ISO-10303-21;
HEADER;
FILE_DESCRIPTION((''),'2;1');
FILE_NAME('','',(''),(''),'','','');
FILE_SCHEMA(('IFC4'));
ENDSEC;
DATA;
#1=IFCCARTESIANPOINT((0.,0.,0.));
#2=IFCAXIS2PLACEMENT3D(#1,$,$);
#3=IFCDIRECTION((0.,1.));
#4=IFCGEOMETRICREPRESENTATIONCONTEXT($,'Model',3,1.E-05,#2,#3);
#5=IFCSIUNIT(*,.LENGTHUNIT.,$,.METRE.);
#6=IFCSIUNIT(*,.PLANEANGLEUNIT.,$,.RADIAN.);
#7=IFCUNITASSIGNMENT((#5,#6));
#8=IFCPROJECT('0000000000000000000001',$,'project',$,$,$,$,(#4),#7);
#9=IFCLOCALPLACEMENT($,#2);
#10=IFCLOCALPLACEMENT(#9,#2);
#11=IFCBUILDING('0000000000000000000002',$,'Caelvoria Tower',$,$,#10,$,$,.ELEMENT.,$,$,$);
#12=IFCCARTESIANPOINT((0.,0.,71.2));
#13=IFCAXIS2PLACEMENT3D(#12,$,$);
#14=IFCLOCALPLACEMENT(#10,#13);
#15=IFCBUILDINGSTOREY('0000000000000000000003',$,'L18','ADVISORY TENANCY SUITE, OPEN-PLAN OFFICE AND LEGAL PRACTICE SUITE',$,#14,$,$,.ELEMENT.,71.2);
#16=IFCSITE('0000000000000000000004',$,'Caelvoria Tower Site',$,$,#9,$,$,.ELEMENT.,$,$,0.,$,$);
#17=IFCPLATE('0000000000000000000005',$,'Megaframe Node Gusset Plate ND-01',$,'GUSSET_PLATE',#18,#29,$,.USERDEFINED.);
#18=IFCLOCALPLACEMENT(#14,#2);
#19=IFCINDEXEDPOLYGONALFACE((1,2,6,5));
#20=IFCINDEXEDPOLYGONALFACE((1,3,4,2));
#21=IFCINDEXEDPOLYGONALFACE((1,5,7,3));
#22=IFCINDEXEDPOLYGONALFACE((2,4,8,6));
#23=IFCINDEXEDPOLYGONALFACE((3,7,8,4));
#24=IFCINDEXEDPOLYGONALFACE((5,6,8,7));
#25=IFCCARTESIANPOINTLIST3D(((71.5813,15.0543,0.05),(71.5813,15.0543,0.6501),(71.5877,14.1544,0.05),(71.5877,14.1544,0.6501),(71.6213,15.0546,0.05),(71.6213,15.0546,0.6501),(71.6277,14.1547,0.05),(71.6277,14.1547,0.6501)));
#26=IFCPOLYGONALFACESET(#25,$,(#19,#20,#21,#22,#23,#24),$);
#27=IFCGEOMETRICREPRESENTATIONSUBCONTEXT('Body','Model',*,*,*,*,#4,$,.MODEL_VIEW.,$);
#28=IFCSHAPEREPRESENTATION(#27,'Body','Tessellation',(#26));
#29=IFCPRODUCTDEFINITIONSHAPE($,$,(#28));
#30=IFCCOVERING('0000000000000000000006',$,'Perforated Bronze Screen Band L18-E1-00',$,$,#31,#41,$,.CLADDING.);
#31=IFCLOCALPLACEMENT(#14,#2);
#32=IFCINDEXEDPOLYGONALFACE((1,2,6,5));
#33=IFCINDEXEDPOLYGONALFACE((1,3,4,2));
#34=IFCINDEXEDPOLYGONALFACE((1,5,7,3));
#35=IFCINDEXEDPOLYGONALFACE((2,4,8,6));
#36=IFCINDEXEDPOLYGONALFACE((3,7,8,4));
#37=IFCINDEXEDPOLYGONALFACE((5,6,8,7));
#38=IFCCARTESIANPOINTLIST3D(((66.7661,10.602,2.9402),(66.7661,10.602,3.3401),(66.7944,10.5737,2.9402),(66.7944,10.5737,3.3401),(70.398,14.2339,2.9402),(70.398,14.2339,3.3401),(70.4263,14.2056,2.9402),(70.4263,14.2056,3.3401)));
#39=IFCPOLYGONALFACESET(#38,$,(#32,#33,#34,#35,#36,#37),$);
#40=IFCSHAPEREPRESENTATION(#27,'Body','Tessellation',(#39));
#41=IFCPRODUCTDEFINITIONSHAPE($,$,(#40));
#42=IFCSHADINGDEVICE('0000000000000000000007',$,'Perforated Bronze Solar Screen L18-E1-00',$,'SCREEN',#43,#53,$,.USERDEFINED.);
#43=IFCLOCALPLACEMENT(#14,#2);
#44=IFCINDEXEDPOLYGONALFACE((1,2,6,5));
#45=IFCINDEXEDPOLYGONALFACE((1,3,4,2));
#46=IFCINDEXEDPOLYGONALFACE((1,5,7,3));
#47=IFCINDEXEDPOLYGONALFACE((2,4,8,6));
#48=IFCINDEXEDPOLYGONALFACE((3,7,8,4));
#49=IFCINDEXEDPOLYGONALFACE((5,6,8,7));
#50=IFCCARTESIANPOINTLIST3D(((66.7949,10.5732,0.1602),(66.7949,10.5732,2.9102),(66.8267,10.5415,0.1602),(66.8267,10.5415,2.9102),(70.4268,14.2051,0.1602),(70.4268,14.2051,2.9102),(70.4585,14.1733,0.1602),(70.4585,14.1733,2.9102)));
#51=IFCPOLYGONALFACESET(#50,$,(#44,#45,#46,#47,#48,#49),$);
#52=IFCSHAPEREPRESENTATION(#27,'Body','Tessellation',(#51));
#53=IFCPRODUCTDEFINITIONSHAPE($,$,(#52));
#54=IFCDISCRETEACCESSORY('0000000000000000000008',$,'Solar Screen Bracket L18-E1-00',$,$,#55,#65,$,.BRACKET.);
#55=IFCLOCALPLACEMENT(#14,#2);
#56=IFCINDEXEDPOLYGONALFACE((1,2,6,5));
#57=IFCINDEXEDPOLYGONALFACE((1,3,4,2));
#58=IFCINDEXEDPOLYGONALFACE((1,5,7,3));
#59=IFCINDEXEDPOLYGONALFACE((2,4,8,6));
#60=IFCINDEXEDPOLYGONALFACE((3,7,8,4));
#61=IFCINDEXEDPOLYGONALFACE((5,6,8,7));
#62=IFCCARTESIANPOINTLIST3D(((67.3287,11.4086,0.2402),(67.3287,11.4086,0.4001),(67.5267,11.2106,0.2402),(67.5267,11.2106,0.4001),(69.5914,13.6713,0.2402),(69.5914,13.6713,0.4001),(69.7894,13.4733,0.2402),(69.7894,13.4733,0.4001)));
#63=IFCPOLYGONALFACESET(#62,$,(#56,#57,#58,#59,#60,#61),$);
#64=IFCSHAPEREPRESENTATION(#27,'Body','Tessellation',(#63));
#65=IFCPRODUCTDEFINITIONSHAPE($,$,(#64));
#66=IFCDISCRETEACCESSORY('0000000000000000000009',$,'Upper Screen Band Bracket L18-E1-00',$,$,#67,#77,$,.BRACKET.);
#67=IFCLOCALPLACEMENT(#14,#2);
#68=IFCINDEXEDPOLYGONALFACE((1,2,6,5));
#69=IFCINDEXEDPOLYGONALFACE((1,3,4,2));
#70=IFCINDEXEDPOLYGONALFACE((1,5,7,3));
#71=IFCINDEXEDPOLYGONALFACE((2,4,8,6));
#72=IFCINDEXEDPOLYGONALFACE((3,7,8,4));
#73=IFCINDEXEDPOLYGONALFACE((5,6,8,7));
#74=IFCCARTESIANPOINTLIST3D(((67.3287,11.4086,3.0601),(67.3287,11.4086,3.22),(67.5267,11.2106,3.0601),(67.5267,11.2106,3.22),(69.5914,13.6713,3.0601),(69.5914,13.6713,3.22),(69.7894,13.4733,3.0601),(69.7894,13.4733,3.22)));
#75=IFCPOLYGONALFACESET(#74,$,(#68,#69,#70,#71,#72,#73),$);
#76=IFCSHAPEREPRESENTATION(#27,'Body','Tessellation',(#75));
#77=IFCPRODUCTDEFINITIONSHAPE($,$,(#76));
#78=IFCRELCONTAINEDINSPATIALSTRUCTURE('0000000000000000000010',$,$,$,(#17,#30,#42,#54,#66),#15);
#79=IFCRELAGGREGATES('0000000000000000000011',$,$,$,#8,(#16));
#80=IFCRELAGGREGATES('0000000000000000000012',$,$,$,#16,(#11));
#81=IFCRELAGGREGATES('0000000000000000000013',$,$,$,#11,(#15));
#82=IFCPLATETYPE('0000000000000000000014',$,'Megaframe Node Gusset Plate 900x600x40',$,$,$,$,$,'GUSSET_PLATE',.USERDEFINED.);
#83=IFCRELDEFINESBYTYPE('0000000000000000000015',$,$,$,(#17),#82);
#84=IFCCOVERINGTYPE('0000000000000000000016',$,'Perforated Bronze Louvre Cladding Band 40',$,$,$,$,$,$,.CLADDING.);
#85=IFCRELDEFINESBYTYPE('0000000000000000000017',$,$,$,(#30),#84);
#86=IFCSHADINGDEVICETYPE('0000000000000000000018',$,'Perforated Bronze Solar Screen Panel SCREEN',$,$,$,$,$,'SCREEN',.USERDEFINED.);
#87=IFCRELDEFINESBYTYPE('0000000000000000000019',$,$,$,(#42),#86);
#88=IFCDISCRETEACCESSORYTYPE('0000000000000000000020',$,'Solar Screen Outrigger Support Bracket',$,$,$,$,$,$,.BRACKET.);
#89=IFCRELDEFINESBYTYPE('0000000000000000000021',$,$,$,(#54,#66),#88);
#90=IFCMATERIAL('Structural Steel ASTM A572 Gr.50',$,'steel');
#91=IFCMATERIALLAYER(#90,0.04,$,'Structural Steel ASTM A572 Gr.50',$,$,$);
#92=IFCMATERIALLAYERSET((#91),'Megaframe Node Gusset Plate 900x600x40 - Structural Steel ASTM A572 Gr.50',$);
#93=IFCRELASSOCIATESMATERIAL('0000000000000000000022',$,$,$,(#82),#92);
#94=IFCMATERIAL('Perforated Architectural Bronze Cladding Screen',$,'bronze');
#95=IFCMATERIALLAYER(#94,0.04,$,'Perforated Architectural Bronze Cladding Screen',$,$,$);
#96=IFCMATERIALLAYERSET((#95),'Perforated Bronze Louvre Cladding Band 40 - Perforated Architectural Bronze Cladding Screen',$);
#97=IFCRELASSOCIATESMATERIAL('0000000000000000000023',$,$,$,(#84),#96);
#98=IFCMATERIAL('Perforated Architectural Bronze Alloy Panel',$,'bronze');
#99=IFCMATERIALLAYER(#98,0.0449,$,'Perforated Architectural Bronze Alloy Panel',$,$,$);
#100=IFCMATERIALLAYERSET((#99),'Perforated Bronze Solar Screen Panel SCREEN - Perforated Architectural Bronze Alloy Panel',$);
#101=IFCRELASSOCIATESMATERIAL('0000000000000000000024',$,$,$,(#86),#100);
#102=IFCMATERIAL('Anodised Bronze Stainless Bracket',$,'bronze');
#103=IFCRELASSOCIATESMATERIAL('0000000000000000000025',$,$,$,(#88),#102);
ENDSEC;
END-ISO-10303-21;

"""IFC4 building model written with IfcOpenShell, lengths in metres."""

from ifc_helpers import new_model, si_unit, direction, frame, origin, origin_2d, place, context, subcontext, project, spatial, rectangle, extrude, material, layer, layer_set, type_object, element, save


model = new_model("IFC4")

# Units and contexts
model_context = context("Model", 3, precision=1e-05, world=origin(), true_north=direction((0.0, 1.0)))
body_context = subcontext(model_context, "Body", "Model", "MODEL_VIEW")
ifc_project = project(units=[si_unit("LENGTHUNIT", "METRE"), si_unit("PLANEANGLEUNIT", "RADIAN")], contexts=[model_context])

# Site, building, storey
site_placement = place(None, origin())
site = spatial("IfcSite", under=ifc_project, at=site_placement, Name="Caelvoria Tower Site", CompositionType="ELEMENT", RefElevation=0.0)
building_placement = place(site_placement, origin())
building = spatial("IfcBuilding", under=site, at=building_placement, Name="Caelvoria Tower", CompositionType="ELEMENT")
storey_placement = place(building_placement, frame((0.0, 0.0, 71.2)))
storey = spatial("IfcBuildingStorey", under=building, at=storey_placement, Name="L18", Description="ADVISORY TENANCY SUITE, OPEN-PLAN OFFICE AND LEGAL PRACTICE SUITE", CompositionType="ELEMENT", Elevation=71.2)

# Shared definitions
ifc_material_1 = material(Name="Structural Steel ASTM A572 Gr.50", Category="steel")

# Plate
ifc_layer_1 = layer(ifc_material_1, 0.04, Name="Structural Steel ASTM A572 Gr.50")
ifc_layer_set_1 = layer_set([ifc_layer_1], Name="Megaframe Node Gusset Plate 900x600x40 - Structural Steel ASTM A572 Gr.50")
plate_type_1 = type_object("IfcPlateType", Name="Megaframe Node Gusset Plate 900x600x40", ElementType="GUSSET_PLATE", PredefinedType="USERDEFINED", material=ifc_layer_set_1)
for number, where, z_axis, x_axis, name in (
    (1, (71.6045, 14.6045, 0.05), (0.0, 0.0, 1.0), (-0.007151, 0.999974, 0.0), "Megaframe Node Gusset Plate ND-01"),
):
    element("IfcPlate", number, at=place(storey_placement, frame(where, z_axis=z_axis, x_axis=x_axis)), inside=storey, type_object=plate_type_1, Name=name, ObjectType="GUSSET_PLATE", PredefinedType="USERDEFINED", context=body_context, shape_type="SweptSolid", body=[
        extrude(rectangle(XDim=0.8999, YDim=0.04, at=origin_2d()), origin(), (0.0, 0.0, 1.0), 0.6001),
    ])

# Covering
ifc_material_2 = material(Name="Perforated Architectural Bronze Cladding Screen", Category="bronze")
ifc_layer_2 = layer(ifc_material_2, 0.04, Name="Perforated Architectural Bronze Cladding Screen")
ifc_layer_set_2 = layer_set([ifc_layer_2], Name="Perforated Bronze Louvre Cladding Band 40 - Perforated Architectural Bronze Cladding Screen")
covering_type = type_object("IfcCoveringType", Name="Perforated Bronze Louvre Cladding Band 40", PredefinedType="CLADDING", material=ifc_layer_set_2)
covering_placement = place(storey_placement, frame((68.5962, 12.4038, 2.9402), z_axis=(0.0, 0.0, 1.0), x_axis=(0.707107, 0.707107, 0.0)))
element("IfcCovering", 2, at=covering_placement, inside=storey, type_object=covering_type, Name="Perforated Bronze Screen Band L18-E1-00", PredefinedType="CLADDING", context=body_context, shape_type="SweptSolid", body=[
    extrude(rectangle(XDim=5.1362, YDim=0.04, at=origin_2d()), origin(), (0.0, 0.0, 1.0), 0.3999),
])

# Shading device
ifc_material_3 = material(Name="Perforated Architectural Bronze Alloy Panel", Category="bronze")
ifc_layer_3 = layer(ifc_material_3, 0.0449, Name="Perforated Architectural Bronze Alloy Panel")
ifc_layer_set_3 = layer_set([ifc_layer_3], Name="Perforated Bronze Solar Screen Panel SCREEN - Perforated Architectural Bronze Alloy Panel")
shading_device_type = type_object("IfcShadingDeviceType", Name="Perforated Bronze Solar Screen Panel SCREEN", ElementType="SCREEN", PredefinedType="USERDEFINED", material=ifc_layer_set_3)
shading_device_placement = place(storey_placement, frame((68.6267, 12.3733, 0.1602), z_axis=(0.0, 0.0, 1.0), x_axis=(0.707107, 0.707107, 0.0)))
element("IfcShadingDevice", 3, at=shading_device_placement, inside=storey, type_object=shading_device_type, Name="Perforated Bronze Solar Screen L18-E1-00", ObjectType="SCREEN", PredefinedType="USERDEFINED", context=body_context, shape_type="SweptSolid", body=[
    extrude(rectangle(XDim=5.1362, YDim=0.0449, at=origin_2d()), origin(), (0.0, 0.0, 1.0), 2.75),
])

# Discrete accessories
ifc_material_4 = material(Name="Anodised Bronze Stainless Bracket", Category="bronze")
discrete_accessory_type = type_object("IfcDiscreteAccessoryType", Name="Solar Screen Outrigger Support Bracket", PredefinedType="BRACKET", material=ifc_material_4)
for number, where, z_axis, x_axis, name in (
    (4, (68.5591, 12.4409, 0.2402), (0.0, 0.0, 1.0), (0.707107, 0.707107, 0.0), "Solar Screen Bracket L18-E1-00"),
    (5, (68.5591, 12.4409, 3.0601), (0.0, 0.0, 1.0), (0.707107, 0.707107, 0.0), "Upper Screen Band Bracket L18-E1-00"),
):
    element("IfcDiscreteAccessory", number, at=place(storey_placement, frame(where, z_axis=z_axis, x_axis=x_axis)), inside=storey, type_object=discrete_accessory_type, Name=name, PredefinedType="BRACKET", context=body_context, shape_type="SweptSolid", body=[
        extrude(rectangle(XDim=3.2, YDim=0.28, at=origin_2d()), origin(), (0.0, 0.0, 1.0), 0.1599),
    ])

save(model, "model.ifc")
